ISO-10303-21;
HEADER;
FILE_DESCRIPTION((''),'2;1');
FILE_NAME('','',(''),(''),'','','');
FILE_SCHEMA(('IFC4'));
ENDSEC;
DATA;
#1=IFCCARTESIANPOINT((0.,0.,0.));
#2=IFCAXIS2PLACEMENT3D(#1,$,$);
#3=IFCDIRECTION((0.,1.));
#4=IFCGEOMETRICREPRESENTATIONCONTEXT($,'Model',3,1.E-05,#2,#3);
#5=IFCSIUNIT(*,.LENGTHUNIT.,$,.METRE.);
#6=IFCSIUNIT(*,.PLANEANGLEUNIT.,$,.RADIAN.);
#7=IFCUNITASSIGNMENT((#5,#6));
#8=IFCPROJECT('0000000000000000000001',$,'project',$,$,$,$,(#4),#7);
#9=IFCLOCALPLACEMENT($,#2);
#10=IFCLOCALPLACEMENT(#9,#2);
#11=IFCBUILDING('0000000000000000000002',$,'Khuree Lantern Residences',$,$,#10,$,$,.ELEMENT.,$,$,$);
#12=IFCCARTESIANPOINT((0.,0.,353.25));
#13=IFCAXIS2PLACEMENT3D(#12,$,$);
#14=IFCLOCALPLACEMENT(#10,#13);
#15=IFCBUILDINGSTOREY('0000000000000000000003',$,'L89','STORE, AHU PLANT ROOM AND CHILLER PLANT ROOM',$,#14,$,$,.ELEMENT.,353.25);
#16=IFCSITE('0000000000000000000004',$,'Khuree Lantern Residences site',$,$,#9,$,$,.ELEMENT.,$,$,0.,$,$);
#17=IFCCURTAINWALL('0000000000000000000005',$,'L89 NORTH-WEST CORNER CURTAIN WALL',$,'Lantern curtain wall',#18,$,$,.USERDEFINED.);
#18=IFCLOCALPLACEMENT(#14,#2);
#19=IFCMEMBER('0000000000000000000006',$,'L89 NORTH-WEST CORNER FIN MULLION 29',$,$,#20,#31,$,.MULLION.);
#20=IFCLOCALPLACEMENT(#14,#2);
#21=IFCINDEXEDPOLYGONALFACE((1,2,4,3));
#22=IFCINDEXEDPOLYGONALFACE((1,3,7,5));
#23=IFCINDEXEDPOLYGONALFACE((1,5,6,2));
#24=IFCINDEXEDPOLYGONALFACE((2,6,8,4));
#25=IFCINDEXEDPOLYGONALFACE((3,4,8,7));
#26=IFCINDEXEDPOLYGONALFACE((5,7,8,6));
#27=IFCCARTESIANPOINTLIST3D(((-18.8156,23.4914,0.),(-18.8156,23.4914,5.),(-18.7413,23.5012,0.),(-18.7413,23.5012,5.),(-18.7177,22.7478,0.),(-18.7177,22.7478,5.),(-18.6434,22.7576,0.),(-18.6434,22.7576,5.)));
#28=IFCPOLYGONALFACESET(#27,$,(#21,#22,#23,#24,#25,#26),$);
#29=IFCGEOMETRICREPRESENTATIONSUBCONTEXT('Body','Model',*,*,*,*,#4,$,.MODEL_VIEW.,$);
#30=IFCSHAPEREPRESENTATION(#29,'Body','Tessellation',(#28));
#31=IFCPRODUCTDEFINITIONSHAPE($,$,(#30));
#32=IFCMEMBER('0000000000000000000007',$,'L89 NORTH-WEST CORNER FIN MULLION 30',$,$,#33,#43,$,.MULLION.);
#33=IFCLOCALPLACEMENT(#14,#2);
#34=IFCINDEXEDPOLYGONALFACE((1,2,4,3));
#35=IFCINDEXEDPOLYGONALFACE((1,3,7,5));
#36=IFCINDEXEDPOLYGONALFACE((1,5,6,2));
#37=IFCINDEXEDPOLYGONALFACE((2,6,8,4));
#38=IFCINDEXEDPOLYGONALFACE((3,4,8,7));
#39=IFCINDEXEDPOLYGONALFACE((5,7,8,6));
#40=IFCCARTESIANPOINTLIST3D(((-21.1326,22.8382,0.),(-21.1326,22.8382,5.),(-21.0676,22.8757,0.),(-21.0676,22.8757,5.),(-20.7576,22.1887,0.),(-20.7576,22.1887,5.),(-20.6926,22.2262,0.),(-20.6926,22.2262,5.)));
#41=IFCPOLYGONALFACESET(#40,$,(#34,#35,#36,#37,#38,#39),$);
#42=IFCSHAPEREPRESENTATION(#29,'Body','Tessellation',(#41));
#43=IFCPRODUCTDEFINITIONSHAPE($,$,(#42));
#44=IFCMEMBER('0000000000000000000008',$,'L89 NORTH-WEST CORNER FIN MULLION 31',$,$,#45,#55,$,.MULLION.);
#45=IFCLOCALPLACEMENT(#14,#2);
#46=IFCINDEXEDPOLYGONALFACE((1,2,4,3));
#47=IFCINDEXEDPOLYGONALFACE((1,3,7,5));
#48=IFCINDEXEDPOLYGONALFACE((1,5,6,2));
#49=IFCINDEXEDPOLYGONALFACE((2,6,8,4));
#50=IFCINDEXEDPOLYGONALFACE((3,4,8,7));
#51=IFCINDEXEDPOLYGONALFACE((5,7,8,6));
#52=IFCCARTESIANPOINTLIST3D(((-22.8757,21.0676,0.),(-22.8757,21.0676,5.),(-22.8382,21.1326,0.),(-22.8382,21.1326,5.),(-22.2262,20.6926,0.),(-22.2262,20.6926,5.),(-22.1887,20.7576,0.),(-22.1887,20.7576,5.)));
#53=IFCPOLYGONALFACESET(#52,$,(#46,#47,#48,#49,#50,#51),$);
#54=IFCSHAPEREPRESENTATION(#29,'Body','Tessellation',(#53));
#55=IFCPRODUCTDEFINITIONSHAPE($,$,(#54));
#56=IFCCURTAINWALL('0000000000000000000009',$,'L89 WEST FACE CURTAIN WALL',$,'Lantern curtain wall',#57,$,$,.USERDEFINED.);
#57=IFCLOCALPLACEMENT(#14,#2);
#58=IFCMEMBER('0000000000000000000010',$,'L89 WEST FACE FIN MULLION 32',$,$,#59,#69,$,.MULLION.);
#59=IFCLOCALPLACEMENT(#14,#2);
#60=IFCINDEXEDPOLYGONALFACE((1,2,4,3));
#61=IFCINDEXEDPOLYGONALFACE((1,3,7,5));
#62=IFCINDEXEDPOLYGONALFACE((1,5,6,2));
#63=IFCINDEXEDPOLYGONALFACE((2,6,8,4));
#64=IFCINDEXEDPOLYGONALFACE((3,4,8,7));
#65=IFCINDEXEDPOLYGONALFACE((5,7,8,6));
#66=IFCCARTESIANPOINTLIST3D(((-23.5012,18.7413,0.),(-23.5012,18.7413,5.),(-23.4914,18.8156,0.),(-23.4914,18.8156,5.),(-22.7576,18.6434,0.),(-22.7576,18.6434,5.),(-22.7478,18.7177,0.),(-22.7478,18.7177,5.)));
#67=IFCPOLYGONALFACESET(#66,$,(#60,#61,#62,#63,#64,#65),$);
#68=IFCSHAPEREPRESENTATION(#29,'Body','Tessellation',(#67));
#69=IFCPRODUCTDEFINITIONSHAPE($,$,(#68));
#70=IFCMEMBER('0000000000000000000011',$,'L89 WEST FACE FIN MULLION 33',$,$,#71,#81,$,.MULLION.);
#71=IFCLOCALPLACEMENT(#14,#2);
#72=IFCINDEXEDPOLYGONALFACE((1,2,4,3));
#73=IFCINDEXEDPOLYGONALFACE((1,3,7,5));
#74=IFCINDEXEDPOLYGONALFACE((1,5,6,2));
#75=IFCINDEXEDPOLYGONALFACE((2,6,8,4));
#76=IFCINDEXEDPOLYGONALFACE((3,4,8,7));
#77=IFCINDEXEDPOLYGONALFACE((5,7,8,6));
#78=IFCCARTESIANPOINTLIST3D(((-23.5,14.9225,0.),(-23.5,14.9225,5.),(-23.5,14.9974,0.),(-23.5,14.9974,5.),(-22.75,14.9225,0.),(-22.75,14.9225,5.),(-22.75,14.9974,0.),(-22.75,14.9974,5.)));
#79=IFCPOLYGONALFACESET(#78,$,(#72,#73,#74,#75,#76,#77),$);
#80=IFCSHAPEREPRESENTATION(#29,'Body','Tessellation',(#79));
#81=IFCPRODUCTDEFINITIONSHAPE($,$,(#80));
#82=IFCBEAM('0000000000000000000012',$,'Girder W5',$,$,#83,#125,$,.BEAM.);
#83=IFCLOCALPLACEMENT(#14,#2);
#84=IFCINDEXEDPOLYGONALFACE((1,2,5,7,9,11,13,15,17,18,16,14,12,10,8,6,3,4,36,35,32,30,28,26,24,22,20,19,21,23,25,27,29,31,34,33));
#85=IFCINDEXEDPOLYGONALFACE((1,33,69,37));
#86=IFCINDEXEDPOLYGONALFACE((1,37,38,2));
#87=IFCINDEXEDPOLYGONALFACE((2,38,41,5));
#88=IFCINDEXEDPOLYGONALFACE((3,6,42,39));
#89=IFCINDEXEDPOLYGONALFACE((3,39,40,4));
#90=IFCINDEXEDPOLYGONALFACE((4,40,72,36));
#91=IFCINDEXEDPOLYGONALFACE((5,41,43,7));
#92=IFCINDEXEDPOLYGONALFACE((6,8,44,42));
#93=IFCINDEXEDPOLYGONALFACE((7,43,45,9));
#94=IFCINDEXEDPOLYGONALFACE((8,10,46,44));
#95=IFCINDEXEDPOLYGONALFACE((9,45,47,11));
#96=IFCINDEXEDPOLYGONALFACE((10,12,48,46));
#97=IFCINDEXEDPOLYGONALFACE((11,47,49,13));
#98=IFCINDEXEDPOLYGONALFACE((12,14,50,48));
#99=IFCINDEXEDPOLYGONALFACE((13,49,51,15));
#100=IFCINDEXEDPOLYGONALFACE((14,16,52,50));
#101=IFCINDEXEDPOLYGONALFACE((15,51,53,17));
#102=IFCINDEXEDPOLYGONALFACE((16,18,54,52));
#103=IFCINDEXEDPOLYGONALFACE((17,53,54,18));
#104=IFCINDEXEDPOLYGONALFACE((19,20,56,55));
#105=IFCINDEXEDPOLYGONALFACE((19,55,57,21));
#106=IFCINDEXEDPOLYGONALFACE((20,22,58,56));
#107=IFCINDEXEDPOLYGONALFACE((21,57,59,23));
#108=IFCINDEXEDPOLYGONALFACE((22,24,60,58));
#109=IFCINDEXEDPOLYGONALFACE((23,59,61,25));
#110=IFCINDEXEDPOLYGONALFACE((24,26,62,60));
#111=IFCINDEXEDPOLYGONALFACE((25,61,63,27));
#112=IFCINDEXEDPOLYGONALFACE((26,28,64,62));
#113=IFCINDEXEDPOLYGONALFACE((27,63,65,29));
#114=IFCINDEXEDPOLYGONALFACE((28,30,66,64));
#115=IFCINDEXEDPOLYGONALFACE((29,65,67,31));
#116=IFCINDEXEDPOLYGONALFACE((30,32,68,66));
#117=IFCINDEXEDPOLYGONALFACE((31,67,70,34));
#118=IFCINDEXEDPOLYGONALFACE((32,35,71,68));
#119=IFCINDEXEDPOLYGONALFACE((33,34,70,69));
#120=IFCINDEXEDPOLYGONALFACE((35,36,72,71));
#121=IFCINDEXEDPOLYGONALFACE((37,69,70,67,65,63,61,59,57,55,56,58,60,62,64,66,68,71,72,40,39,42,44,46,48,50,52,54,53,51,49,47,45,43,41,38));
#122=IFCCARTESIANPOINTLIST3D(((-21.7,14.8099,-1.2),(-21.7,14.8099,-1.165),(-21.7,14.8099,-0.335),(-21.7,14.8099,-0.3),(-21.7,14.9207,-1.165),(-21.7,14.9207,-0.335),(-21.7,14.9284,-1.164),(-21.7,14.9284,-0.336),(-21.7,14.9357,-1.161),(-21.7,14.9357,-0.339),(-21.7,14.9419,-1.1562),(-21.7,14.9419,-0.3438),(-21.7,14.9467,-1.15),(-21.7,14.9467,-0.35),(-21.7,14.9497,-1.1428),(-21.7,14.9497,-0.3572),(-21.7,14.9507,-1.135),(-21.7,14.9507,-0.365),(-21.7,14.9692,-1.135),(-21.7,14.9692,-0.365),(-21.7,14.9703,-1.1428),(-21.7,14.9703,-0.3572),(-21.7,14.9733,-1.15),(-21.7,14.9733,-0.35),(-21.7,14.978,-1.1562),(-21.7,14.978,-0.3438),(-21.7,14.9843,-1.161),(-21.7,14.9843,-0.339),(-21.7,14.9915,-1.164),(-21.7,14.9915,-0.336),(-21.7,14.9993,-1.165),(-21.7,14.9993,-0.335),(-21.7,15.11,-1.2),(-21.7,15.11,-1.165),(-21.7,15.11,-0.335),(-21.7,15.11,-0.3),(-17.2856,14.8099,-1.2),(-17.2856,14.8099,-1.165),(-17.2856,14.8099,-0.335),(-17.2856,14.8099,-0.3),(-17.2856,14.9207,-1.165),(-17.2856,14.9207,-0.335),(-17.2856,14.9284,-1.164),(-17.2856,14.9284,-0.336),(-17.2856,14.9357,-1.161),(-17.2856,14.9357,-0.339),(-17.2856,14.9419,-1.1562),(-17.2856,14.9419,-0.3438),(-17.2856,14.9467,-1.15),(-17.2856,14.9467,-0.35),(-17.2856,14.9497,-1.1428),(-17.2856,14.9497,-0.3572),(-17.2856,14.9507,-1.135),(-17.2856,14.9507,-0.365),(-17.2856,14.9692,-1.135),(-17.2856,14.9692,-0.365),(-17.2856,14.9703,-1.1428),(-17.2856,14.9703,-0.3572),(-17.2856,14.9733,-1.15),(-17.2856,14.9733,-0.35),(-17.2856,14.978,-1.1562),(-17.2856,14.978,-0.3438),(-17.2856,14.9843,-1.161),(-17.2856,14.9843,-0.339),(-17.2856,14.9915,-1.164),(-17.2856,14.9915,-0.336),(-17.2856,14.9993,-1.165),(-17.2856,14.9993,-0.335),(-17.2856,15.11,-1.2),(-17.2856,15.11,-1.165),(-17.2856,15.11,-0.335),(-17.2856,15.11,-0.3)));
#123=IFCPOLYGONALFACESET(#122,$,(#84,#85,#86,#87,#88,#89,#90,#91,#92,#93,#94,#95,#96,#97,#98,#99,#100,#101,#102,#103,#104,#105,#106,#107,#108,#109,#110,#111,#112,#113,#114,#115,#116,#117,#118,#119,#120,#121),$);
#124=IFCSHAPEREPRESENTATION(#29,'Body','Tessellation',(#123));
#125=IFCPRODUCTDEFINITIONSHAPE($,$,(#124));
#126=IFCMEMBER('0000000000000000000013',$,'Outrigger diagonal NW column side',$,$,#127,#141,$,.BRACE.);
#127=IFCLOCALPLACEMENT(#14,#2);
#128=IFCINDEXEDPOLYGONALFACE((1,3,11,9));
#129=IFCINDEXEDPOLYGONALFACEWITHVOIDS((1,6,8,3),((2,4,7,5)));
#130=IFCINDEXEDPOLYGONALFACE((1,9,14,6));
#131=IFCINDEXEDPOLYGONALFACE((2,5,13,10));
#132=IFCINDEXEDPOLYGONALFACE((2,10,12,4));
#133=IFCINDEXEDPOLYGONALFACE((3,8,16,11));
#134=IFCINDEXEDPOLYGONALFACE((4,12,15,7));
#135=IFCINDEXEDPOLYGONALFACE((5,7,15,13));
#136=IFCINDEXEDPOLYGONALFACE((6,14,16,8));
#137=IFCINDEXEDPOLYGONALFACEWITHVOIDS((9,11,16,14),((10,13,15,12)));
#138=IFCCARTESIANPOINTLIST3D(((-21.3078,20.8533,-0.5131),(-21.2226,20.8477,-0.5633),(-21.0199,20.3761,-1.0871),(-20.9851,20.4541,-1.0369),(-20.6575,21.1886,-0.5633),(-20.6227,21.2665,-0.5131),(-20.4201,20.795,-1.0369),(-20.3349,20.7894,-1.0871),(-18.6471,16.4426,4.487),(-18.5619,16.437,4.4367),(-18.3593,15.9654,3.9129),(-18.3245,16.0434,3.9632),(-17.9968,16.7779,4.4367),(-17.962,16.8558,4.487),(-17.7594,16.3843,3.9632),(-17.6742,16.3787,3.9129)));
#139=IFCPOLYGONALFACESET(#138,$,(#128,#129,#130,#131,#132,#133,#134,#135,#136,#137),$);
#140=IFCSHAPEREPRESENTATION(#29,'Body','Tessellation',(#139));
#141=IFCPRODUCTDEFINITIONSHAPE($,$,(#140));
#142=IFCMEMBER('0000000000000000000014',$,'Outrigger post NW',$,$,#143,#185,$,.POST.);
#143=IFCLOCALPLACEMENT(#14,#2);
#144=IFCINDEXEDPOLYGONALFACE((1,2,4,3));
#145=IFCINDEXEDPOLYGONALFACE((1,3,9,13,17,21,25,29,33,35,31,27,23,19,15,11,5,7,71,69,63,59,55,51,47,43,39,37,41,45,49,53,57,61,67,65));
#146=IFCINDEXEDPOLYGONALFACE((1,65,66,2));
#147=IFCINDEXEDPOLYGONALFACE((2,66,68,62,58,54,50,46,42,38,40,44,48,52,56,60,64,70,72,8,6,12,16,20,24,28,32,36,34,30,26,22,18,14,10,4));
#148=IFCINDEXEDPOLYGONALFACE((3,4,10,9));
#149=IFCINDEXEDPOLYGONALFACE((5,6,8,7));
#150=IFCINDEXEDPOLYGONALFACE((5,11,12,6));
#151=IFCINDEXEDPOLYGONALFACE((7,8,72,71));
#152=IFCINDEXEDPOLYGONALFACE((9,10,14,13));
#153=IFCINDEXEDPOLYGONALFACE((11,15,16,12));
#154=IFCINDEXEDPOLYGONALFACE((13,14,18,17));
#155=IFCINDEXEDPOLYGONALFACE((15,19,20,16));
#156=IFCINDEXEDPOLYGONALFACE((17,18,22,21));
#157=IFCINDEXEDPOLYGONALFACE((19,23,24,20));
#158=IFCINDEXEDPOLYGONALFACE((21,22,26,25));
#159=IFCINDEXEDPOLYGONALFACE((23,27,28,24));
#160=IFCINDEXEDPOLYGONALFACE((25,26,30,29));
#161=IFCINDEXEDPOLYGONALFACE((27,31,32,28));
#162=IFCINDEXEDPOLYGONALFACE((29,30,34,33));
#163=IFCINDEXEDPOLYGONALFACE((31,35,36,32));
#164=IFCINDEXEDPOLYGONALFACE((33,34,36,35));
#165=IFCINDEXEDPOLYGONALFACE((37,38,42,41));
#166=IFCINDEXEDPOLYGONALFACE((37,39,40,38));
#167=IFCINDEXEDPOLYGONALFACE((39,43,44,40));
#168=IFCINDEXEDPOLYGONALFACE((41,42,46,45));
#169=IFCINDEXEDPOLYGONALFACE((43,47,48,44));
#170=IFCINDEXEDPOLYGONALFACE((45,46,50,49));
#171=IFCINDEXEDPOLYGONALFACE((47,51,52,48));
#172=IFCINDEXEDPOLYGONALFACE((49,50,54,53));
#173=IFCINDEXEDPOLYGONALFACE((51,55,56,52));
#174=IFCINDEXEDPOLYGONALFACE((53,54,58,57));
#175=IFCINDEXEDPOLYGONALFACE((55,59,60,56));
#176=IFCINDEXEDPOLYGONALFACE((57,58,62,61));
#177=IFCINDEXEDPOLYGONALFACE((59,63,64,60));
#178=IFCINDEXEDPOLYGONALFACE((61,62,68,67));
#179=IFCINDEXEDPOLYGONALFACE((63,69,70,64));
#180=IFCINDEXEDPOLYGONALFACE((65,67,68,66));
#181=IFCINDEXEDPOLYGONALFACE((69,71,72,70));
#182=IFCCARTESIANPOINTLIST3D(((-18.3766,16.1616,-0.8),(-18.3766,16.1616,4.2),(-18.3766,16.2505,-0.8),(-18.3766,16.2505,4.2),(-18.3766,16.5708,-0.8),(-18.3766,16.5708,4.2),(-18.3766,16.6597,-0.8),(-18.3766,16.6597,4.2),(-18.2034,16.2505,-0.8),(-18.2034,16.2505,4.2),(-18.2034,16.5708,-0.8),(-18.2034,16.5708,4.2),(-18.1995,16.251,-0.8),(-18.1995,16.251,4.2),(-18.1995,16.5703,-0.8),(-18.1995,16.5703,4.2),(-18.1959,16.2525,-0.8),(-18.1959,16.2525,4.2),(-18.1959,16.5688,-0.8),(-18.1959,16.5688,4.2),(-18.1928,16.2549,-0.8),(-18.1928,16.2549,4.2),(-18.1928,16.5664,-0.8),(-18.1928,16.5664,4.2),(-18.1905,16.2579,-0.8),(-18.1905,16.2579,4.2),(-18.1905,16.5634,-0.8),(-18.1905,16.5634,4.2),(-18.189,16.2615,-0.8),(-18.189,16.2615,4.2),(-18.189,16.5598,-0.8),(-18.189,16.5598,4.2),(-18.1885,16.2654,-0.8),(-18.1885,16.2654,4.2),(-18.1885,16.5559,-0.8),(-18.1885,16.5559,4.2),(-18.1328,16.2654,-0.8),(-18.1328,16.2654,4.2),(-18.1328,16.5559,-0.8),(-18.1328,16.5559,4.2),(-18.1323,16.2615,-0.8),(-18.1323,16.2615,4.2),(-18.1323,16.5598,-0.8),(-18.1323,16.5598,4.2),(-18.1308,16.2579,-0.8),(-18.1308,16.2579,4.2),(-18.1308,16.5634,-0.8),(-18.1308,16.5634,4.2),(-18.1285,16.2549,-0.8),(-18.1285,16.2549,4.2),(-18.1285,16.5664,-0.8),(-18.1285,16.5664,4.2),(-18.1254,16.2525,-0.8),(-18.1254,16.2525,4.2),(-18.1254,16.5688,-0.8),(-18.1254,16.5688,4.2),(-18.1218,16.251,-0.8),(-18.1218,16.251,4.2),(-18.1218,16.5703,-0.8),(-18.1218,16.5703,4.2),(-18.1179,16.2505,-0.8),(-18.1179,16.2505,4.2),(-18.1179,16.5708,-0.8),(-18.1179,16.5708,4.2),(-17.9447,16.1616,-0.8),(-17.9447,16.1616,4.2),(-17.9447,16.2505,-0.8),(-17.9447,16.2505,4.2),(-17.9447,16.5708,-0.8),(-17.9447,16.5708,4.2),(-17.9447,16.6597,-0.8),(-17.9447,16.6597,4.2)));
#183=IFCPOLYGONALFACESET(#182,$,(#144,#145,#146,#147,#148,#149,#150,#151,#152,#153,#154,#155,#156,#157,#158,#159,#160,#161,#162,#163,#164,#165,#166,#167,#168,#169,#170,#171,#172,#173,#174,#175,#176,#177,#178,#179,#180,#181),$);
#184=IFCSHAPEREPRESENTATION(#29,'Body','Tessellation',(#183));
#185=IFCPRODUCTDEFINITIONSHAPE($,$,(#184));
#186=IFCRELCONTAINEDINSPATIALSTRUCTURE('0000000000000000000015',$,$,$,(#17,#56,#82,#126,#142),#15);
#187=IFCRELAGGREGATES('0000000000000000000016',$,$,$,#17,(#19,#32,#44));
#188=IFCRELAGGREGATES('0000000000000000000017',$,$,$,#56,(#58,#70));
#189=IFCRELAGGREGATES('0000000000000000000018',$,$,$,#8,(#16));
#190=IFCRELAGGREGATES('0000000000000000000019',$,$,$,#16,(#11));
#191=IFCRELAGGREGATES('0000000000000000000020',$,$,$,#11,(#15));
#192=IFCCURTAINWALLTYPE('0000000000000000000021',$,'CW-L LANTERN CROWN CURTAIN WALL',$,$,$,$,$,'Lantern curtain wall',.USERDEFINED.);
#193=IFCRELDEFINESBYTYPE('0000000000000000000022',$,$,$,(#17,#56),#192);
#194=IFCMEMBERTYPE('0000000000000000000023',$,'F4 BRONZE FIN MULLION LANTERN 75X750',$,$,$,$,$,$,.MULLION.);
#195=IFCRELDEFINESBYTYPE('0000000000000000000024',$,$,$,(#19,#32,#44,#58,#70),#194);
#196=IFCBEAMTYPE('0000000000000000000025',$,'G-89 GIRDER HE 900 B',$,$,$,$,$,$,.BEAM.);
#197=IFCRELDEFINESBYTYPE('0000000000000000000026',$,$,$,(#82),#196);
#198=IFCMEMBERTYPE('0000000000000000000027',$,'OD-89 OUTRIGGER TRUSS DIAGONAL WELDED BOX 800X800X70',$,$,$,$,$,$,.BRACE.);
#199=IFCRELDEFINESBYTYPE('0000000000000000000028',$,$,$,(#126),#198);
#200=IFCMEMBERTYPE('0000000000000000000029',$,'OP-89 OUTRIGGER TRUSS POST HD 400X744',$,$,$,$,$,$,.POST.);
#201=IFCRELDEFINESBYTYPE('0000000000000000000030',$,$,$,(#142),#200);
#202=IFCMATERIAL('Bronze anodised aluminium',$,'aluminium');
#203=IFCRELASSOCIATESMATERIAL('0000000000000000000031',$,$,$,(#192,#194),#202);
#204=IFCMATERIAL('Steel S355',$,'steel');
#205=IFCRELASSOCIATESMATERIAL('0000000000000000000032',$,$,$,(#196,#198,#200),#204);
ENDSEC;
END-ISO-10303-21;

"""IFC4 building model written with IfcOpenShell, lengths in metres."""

from ifc_helpers import new_model, si_unit, direction, frame, origin, origin_2d, place, context, subcontext, project, spatial, rectangle, hollow_rectangle, i_section, extrude, material, material_profile, profile_set, type_object, element, aggregate, save


model = new_model("IFC4")

# Units and contexts
model_context = context("Model", 3, precision=1e-05, world=origin(), true_north=direction((0.0, 1.0)))
body_context = subcontext(model_context, "Body", "Model", "MODEL_VIEW")
ifc_project = project(units=[si_unit("LENGTHUNIT", "METRE"), si_unit("PLANEANGLEUNIT", "RADIAN")], contexts=[model_context])

# Site, building, storey
site_placement = place(None, origin())
site = spatial("IfcSite", under=ifc_project, at=site_placement, Name="Khuree Lantern Residences site", CompositionType="ELEMENT", RefElevation=0.0)
building_placement = place(site_placement, origin())
building = spatial("IfcBuilding", under=site, at=building_placement, Name="Khuree Lantern Residences", CompositionType="ELEMENT")
storey_placement = place(building_placement, frame((0.0, 0.0, 353.25)))
storey = spatial("IfcBuildingStorey", under=building, at=storey_placement, Name="L89", Description="STORE, AHU PLANT ROOM AND CHILLER PLANT ROOM", CompositionType="ELEMENT", Elevation=353.25)

# Shared definitions
ifc_material_1 = material(Name="Steel S355", Category="steel")

# Curtain walls, members
ifc_material_2 = material(Name="Bronze anodised aluminium", Category="aluminium")
curtain_wall_type = type_object("IfcCurtainWallType", Name="CW-L LANTERN CROWN CURTAIN WALL", ElementType="Lantern curtain wall", PredefinedType="USERDEFINED", material=ifc_material_2)
curtain_wall_1_placement = place(storey_placement, origin())
curtain_wall_1 = element("IfcCurtainWall", 1, at=curtain_wall_1_placement, inside=storey, type_object=curtain_wall_type, Name="L89 NORTH-WEST CORNER CURTAIN WALL", ObjectType="Lantern curtain wall", PredefinedType="USERDEFINED")
ifc_material_profile_1 = material_profile(ifc_material_2, rectangle(XDim=0.075, YDim=0.75, at=origin_2d()), Name="F4 75X750")
ifc_profile_set_1 = profile_set([ifc_material_profile_1], Name="Bronze anodised aluminium")
member_type_1 = type_object("IfcMemberType", Name="F4 BRONZE FIN MULLION LANTERN 75X750", PredefinedType="MULLION", material=ifc_profile_set_1)
member_1_placement = place(storey_placement, frame((-18.7295, 23.1245, 0.0), z_axis=(0.0, 0.0, 1.0), x_axis=(-0.991445, -0.130526, 0.0)))
member_1 = element("IfcMember", 2, at=member_1_placement, type_object=member_type_1, Name="L89 NORTH-WEST CORNER FIN MULLION 29", PredefinedType="MULLION", context=body_context, shape_type="SweptSolid", body=[
    extrude(rectangle(XDim=0.075, YDim=0.75, at=origin_2d()), origin(), (0.0, 0.0, 1.0), 5.0),
])
member_2_placement = place(storey_placement, frame((-20.9126, 22.5322, 0.0), z_axis=(0.0, 0.0, 1.0), x_axis=(-0.866025, -0.5, 0.0)))
member_2 = element("IfcMember", 3, at=member_2_placement, type_object=member_type_1, Name="L89 NORTH-WEST CORNER FIN MULLION 30", PredefinedType="MULLION", context=body_context, shape_type="SweptSolid", body=[
    extrude(rectangle(XDim=0.075, YDim=0.75, at=origin_2d()), origin(), (0.0, 0.0, 1.0), 5.0),
])
member_3_placement = place(storey_placement, frame((-22.5322, 20.9126, 0.0), z_axis=(0.0, 0.0, 1.0), x_axis=(-0.5, -0.866025, 0.0)))
member_3 = element("IfcMember", 4, at=member_3_placement, type_object=member_type_1, Name="L89 NORTH-WEST CORNER FIN MULLION 31", PredefinedType="MULLION", context=body_context, shape_type="SweptSolid", body=[
    extrude(rectangle(XDim=0.075, YDim=0.75, at=origin_2d()), origin(), (0.0, 0.0, 1.0), 5.0),
])
curtain_wall_2_placement = place(storey_placement, origin())
curtain_wall_2 = element("IfcCurtainWall", 5, at=curtain_wall_2_placement, inside=storey, type_object=curtain_wall_type, Name="L89 WEST FACE CURTAIN WALL", ObjectType="Lantern curtain wall", PredefinedType="USERDEFINED")
member_4_placement = place(storey_placement, frame((-23.1245, 18.7295, 0.0), z_axis=(0.0, 0.0, 1.0), x_axis=(-0.130526, -0.991445, 0.0)))
member_4 = element("IfcMember", 6, at=member_4_placement, type_object=member_type_1, Name="L89 WEST FACE FIN MULLION 32", PredefinedType="MULLION", context=body_context, shape_type="SweptSolid", body=[
    extrude(rectangle(XDim=0.075, YDim=0.75, at=origin_2d()), origin(), (0.0, 0.0, 1.0), 5.0),
])
member_5_placement = place(storey_placement, frame((-23.125, 14.96, 0.0), z_axis=(0.0, 0.0, 1.0), x_axis=(0.0, -1.0, 0.0)))
member_5 = element("IfcMember", 7, at=member_5_placement, type_object=member_type_1, Name="L89 WEST FACE FIN MULLION 33", PredefinedType="MULLION", context=body_context, shape_type="SweptSolid", body=[
    extrude(rectangle(XDim=0.075, YDim=0.75, at=origin_2d()), origin(), (0.0, 0.0, 1.0), 5.0),
])

# Beam
ifc_material_profile_2 = material_profile(ifc_material_1, i_section(OverallWidth=0.3, OverallDepth=0.8999, WebThickness=0.0186, FlangeThickness=0.0349, FilletRadius=0.03, at=origin_2d()), Name="HE 900 B")
ifc_profile_set_2 = profile_set([ifc_material_profile_2], Name="Steel S355")
beam_type_1 = type_object("IfcBeamType", Name="G-89 GIRDER HE 900 B", PredefinedType="BEAM", material=ifc_profile_set_2)
beam_1_placement = place(storey_placement, frame((-21.7, 14.96, -0.75), z_axis=(1.0, 0.0, 0.0), x_axis=(0.0, 1.0, 0.0)))
element("IfcBeam", 8, at=beam_1_placement, inside=storey, type_object=beam_type_1, Name="Girder W5", PredefinedType="BEAM", context=body_context, shape_type="SweptSolid", body=[
    extrude(i_section(OverallWidth=0.3, OverallDepth=0.8999, WebThickness=0.0186, FlangeThickness=0.0349, FilletRadius=0.03, at=origin_2d()), origin(), (0.0, 0.0, 1.0), 4.4143),
])

# Members
ifc_material_profile_3 = material_profile(ifc_material_1, hollow_rectangle(XDim=0.8, YDim=0.8, WallThickness=0.0701, at=origin_2d()), Name="WELDED BOX 800X800X70")
ifc_profile_set_3 = profile_set([ifc_material_profile_3], Name="Steel S355")
member_type_2 = type_object("IfcMemberType", Name="OD-89 OUTRIGGER TRUSS DIAGONAL WELDED BOX 800X800X70", PredefinedType="BRACE", material=ifc_profile_set_3)
member_6_placement = place(storey_placement, frame((-18.1606, 16.4106, 4.2), z_axis=(-0.370634, 0.614413, -0.696511), x_axis=(-0.856269, -0.51653, 0.0)))
element("IfcMember", 9, at=member_6_placement, inside=storey, type_object=member_type_2, Name="Outrigger diagonal NW column side", PredefinedType="BRACE", context=body_context, shape_type="SweptSolid", body=[
    extrude(hollow_rectangle(XDim=0.8, YDim=0.8, WallThickness=0.0701, at=origin_2d()), origin(), (0.0, 0.0, 1.0), 7.1787),
])
ifc_material_profile_4 = material_profile(ifc_material_1, i_section(OverallWidth=0.4319, OverallDepth=0.498, WebThickness=0.0557, FlangeThickness=0.0889, FilletRadius=0.0149, at=origin_2d()), Name="HD 400X744")
ifc_profile_set_4 = profile_set([ifc_material_profile_4], Name="Steel S355")
member_type_3 = type_object("IfcMemberType", Name="OP-89 OUTRIGGER TRUSS POST HD 400X744", PredefinedType="POST", material=ifc_profile_set_4)
member_7_placement = place(storey_placement, frame((-18.1606, 16.4106, -0.8), z_axis=(0.0, 0.0, 1.0), x_axis=(1.0, 0.0, 0.0)))
element("IfcMember", 10, at=member_7_placement, inside=storey, type_object=member_type_3, Name="Outrigger post NW", PredefinedType="POST", context=body_context, shape_type="SweptSolid", body=[
    extrude(i_section(OverallWidth=0.4319, OverallDepth=0.498, WebThickness=0.0557, FlangeThickness=0.0889, FilletRadius=0.0149, at=origin_2d()), origin(), (0.0, 0.0, 1.0), 5.0),
])

aggregate(curtain_wall_1, [member_1, member_2, member_3])
aggregate(curtain_wall_2, [member_4, member_5])

save(model, "model.ifc")
